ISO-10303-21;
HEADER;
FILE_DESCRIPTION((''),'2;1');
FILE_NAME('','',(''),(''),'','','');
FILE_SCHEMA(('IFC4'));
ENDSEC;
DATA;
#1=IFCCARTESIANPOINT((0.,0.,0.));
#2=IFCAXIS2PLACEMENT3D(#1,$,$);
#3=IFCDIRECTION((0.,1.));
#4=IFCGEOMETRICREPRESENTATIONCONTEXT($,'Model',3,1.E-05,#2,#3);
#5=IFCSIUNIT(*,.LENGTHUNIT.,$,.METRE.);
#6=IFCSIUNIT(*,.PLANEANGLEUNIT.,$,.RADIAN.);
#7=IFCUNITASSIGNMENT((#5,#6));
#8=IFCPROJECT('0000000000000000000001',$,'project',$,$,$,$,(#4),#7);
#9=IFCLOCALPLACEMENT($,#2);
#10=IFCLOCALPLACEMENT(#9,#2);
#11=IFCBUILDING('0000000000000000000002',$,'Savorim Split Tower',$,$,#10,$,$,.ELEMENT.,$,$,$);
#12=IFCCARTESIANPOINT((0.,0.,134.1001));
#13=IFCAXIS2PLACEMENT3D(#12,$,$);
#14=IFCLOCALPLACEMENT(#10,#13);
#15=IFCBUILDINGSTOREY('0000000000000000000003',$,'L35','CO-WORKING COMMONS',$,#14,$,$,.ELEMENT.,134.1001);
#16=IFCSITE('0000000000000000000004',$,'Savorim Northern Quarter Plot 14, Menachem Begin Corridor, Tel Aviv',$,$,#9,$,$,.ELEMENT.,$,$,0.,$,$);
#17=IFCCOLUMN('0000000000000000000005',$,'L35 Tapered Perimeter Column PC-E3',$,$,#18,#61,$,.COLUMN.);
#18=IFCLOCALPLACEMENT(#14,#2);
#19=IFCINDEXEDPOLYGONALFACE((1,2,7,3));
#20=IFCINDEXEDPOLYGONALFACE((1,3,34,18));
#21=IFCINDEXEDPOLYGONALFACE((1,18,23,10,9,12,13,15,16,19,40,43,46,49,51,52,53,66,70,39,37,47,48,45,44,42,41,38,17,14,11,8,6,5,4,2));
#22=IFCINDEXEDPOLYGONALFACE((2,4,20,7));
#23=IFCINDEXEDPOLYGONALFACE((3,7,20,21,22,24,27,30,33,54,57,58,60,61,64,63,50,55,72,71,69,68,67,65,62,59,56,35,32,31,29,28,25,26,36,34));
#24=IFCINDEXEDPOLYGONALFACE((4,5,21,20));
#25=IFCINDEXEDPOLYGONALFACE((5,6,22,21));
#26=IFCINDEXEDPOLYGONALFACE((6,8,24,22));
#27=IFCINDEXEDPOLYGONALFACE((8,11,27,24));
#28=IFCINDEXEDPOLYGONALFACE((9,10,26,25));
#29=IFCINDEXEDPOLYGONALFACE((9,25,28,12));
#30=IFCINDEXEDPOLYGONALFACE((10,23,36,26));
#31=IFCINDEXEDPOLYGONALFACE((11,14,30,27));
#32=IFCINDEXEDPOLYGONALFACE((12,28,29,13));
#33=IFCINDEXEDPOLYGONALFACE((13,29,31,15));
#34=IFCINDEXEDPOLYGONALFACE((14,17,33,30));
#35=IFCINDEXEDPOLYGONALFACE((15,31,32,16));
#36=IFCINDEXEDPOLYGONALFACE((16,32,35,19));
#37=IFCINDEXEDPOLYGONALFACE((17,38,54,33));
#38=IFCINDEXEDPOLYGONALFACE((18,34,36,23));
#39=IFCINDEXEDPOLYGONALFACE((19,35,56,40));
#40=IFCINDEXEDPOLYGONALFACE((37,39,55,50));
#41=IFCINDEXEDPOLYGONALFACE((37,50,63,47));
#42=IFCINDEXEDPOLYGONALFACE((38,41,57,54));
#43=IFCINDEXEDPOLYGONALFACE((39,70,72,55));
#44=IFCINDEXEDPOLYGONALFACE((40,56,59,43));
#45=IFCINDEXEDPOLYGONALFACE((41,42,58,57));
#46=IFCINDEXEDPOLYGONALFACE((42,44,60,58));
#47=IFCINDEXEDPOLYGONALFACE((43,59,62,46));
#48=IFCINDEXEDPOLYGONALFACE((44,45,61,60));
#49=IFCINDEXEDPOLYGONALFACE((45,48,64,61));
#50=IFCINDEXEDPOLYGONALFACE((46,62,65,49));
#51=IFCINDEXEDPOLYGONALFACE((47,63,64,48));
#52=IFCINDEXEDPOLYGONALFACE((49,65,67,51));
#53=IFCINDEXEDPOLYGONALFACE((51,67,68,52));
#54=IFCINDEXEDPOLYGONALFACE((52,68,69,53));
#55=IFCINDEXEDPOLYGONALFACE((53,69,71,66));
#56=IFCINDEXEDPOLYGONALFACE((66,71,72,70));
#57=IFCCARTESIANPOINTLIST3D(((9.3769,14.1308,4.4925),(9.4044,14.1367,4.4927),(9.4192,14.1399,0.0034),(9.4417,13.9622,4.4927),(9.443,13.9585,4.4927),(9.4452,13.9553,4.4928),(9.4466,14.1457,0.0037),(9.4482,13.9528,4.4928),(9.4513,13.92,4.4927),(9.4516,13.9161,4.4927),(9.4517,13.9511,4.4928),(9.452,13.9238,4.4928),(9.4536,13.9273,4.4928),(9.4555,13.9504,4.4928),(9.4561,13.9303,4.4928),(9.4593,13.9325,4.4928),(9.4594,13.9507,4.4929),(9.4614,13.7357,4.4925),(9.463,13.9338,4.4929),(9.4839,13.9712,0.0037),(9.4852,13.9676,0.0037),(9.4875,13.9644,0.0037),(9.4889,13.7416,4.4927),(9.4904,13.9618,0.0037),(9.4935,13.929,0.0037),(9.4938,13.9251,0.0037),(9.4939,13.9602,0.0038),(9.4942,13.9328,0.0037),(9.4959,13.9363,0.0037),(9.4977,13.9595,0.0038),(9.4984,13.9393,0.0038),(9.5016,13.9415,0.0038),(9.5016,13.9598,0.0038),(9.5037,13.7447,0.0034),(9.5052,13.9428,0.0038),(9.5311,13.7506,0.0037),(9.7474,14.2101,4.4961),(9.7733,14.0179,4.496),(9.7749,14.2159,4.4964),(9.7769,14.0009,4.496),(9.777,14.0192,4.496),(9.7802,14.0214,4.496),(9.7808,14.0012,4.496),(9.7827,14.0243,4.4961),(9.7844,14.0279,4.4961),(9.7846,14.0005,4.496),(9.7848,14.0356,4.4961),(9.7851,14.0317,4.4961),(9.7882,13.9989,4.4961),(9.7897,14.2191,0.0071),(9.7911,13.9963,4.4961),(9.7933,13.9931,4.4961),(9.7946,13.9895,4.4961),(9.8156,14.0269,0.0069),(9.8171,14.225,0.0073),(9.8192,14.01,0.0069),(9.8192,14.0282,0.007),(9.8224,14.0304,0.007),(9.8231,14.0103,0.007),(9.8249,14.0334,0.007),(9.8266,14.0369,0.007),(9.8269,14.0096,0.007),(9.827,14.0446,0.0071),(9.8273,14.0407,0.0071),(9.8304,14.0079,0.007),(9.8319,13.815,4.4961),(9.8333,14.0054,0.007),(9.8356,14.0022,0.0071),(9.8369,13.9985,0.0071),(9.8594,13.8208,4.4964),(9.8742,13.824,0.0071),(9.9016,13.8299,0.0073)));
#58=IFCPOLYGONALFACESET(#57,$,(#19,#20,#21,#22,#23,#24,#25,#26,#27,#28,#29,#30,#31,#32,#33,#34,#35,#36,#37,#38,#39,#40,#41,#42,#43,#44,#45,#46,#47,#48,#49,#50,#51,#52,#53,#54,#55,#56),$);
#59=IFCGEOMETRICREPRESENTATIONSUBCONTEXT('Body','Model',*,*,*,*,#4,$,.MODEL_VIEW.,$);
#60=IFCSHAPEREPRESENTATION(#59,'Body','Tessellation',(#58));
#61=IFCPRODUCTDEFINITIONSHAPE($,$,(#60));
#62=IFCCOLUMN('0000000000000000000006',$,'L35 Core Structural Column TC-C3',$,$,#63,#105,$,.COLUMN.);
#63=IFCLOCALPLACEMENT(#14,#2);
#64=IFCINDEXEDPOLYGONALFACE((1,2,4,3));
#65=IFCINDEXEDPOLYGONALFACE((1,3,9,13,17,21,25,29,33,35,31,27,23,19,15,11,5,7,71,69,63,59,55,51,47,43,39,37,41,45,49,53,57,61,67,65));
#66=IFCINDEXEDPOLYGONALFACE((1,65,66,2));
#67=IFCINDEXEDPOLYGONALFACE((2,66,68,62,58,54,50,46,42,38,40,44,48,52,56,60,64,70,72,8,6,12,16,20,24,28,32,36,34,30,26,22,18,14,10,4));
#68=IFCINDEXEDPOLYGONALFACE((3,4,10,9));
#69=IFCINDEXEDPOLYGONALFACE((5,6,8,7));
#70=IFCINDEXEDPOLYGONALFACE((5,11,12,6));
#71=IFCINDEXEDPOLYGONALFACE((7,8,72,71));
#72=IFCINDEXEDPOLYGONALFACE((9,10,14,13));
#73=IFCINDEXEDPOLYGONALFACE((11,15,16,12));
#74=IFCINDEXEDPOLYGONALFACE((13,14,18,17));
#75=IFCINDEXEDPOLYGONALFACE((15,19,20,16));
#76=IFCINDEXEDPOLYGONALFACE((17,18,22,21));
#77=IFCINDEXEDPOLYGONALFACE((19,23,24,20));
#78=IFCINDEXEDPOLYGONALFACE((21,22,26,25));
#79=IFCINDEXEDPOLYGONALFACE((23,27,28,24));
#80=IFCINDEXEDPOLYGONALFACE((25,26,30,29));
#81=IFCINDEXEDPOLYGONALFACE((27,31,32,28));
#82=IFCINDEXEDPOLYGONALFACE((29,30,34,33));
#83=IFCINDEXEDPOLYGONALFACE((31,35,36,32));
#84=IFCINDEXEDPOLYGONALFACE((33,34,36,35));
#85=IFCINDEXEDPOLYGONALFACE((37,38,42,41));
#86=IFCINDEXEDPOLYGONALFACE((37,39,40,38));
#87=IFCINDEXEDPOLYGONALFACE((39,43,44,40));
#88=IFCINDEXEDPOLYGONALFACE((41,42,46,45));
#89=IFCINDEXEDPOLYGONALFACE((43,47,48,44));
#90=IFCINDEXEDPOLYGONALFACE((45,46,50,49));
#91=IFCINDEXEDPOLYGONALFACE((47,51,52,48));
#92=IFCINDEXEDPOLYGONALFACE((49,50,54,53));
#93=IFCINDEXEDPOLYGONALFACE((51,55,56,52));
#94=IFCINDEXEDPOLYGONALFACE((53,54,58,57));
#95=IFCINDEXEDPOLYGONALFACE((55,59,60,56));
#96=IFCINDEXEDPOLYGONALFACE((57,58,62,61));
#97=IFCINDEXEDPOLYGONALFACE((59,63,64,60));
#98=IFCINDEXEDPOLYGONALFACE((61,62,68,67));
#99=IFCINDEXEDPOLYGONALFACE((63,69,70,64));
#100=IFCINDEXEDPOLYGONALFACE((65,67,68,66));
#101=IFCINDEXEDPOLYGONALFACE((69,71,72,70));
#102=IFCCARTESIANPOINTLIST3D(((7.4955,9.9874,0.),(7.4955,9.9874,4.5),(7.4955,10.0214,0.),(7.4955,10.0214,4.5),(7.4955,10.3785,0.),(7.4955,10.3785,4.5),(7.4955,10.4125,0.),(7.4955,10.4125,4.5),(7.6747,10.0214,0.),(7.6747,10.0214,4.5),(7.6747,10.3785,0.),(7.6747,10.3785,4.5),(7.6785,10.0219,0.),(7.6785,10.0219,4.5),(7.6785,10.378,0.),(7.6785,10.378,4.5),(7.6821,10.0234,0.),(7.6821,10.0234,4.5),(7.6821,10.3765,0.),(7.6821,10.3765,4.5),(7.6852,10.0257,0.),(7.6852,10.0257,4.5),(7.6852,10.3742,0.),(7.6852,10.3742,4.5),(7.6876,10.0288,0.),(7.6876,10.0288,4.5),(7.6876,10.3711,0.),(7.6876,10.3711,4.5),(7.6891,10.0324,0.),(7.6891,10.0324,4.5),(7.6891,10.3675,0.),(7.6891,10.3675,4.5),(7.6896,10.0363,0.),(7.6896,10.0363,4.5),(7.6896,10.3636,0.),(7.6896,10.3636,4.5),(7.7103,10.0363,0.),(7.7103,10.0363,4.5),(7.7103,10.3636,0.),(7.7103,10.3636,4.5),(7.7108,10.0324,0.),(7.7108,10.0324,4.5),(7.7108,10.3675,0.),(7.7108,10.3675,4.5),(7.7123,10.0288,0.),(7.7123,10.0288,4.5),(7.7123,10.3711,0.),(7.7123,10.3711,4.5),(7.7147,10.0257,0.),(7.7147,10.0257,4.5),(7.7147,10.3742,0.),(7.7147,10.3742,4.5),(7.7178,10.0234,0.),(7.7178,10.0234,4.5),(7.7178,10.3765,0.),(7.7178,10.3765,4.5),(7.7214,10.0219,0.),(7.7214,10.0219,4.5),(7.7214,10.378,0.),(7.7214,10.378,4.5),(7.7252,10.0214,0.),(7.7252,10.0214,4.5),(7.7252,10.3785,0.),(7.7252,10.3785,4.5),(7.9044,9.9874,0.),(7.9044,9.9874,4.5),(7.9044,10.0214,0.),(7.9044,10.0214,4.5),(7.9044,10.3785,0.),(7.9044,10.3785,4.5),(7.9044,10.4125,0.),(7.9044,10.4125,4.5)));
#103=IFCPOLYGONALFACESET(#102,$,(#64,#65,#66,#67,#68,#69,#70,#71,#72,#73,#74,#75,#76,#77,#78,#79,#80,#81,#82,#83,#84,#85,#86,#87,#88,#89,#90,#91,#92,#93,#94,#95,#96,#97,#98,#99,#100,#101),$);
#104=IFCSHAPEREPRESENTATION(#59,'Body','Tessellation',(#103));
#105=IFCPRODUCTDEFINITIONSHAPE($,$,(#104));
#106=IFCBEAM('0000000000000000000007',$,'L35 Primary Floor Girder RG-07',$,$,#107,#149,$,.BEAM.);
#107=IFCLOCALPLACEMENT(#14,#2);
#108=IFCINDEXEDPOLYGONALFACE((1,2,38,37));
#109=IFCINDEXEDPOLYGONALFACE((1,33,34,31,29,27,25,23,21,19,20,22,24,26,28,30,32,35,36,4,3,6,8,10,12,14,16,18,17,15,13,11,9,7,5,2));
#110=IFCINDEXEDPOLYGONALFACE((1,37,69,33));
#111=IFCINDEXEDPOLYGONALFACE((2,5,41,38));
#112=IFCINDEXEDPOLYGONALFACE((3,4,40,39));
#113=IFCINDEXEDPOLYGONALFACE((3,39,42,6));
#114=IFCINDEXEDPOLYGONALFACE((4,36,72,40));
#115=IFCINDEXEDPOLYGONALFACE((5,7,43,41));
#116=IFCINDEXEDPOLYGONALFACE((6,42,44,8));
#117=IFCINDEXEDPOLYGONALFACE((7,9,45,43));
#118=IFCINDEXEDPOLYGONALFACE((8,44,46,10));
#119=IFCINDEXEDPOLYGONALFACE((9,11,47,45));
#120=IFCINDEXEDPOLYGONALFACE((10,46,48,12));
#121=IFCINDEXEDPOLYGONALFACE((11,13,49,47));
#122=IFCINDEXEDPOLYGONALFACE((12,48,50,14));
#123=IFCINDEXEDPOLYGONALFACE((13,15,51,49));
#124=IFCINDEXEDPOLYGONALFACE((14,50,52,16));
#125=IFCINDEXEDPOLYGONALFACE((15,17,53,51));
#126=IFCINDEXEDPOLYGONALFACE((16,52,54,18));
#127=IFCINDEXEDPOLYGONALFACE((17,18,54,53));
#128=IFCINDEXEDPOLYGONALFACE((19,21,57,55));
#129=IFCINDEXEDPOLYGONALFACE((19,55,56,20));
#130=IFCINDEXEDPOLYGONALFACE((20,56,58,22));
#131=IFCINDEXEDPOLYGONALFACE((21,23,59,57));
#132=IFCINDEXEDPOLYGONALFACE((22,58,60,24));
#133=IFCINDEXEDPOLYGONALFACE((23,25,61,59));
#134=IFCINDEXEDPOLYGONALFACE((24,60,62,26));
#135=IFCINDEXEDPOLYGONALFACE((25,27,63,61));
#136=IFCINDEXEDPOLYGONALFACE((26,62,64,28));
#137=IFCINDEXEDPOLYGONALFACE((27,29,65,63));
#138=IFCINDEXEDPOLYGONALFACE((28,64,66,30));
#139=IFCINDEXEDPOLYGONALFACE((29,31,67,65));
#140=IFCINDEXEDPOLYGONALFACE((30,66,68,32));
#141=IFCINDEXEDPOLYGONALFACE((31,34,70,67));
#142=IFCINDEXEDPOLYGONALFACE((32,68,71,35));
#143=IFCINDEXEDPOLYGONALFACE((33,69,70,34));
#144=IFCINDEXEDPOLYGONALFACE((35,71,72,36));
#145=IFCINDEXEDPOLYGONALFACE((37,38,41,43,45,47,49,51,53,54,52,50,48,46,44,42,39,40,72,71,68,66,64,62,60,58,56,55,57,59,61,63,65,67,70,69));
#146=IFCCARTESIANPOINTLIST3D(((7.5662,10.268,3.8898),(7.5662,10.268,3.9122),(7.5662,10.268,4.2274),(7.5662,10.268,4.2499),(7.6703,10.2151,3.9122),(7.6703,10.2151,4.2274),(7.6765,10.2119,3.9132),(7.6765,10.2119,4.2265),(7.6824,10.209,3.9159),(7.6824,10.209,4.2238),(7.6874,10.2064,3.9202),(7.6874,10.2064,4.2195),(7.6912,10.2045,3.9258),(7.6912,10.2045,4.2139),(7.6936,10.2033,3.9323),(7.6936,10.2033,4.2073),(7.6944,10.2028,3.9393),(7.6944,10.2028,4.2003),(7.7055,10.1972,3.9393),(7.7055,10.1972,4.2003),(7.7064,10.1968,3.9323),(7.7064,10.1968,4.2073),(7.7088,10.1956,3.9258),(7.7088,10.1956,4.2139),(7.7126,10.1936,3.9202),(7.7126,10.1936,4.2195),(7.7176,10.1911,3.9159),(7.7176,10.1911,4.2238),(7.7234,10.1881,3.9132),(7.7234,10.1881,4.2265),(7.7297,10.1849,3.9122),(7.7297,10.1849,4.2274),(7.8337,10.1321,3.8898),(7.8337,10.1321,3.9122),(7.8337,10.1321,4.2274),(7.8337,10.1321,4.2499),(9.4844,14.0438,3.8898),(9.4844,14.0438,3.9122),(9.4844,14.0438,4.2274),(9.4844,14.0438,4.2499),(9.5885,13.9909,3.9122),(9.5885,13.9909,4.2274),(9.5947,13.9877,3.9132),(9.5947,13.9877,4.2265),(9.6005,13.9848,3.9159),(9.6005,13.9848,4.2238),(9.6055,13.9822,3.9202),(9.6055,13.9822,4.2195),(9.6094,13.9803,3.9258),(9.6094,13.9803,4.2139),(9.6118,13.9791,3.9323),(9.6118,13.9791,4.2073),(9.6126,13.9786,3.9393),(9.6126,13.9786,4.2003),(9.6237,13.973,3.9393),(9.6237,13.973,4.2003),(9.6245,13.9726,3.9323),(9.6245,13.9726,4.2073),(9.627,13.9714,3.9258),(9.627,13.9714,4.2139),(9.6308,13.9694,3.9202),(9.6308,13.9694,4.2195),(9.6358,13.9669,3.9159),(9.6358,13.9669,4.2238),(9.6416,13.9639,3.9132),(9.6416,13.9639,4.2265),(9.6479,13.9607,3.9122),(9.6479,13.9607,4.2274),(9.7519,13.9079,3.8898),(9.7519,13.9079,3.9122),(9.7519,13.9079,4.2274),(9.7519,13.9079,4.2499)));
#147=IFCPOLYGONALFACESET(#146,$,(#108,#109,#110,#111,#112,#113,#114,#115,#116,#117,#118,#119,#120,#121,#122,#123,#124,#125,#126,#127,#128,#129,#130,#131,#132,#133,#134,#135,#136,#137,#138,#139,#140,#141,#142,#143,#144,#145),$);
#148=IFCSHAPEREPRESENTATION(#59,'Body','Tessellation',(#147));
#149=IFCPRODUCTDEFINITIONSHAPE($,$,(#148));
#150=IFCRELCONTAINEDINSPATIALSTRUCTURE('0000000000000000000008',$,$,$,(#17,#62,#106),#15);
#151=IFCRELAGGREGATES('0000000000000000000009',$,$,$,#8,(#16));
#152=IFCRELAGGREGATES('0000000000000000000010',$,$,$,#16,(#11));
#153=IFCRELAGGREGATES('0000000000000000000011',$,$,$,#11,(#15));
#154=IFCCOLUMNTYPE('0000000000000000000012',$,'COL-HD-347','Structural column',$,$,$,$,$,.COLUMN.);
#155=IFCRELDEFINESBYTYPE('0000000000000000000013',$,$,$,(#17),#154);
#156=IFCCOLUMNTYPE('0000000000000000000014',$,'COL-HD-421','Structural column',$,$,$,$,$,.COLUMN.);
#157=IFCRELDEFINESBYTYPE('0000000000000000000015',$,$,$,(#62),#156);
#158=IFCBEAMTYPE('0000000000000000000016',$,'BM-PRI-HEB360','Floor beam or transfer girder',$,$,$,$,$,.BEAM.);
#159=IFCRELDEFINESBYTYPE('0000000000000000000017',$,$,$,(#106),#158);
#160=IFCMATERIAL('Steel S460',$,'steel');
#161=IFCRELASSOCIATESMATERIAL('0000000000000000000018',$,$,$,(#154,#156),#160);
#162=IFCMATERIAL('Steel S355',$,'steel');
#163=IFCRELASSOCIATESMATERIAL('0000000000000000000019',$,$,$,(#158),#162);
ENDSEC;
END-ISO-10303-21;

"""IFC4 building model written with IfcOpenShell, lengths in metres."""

from ifc_helpers import new_model, si_unit, direction, frame, origin, origin_2d, place, context, subcontext, project, spatial, i_section, extrude, material, material_profile, profile_set, type_object, element, save


model = new_model("IFC4")

# Units and contexts
model_context = context("Model", 3, precision=1e-05, world=origin(), true_north=direction((0.0, 1.0)))
body_context = subcontext(model_context, "Body", "Model", "MODEL_VIEW")
ifc_project = project(units=[si_unit("LENGTHUNIT", "METRE"), si_unit("PLANEANGLEUNIT", "RADIAN")], contexts=[model_context])

# Site, building, storey
site_placement = place(None, origin())
site = spatial("IfcSite", under=ifc_project, at=site_placement, Name="Savorim Northern Quarter Plot 14, Menachem Begin Corridor, Tel Aviv", CompositionType="ELEMENT", RefElevation=0.0)
building_placement = place(site_placement, origin())
building = spatial("IfcBuilding", under=site, at=building_placement, Name="Savorim Split Tower", CompositionType="ELEMENT")
storey_placement = place(building_placement, frame((0.0, 0.0, 134.1001)))
storey = spatial("IfcBuildingStorey", under=building, at=storey_placement, Name="L35", Description="CO-WORKING COMMONS", CompositionType="ELEMENT", Elevation=134.1001)

# Columns
ifc_material_1 = material(Name="Steel S460", Category="steel")
ifc_material_profile_1 = material_profile(ifc_material_1, i_section(OverallWidth=0.4041, OverallDepth=0.407, WebThickness=0.0173, FlangeThickness=0.0281, FilletRadius=0.0149, at=origin_2d()), Name="HD 400x347")
ifc_profile_set_1 = profile_set([ifc_material_profile_1], Name="Steel S460")
column_type_1 = type_object("IfcColumnType", Name="COL-HD-347", Description="Structural column", PredefinedType="COLUMN", material=ifc_profile_set_1)
column_1_placement = place(storey_placement, frame((9.6604, 13.9849, 0.0054), z_axis=(-0.009408, -0.002012, 0.999954), x_axis=(0.209143, -0.977885, 0.0)))
element("IfcColumn", 1, at=column_1_placement, inside=storey, type_object=column_type_1, Name="L35 Tapered Perimeter Column PC-E3", PredefinedType="COLUMN", context=body_context, shape_type="SweptSolid", body=[
    extrude(i_section(OverallWidth=0.4041, OverallDepth=0.407, WebThickness=0.0173, FlangeThickness=0.0281, FilletRadius=0.0149, at=origin_2d()), origin(), (0.0, 0.0, 1.0), 4.4893),
])
ifc_material_profile_2 = material_profile(ifc_material_1, i_section(OverallWidth=0.4089, OverallDepth=0.425, WebThickness=0.0208, FlangeThickness=0.0339, FilletRadius=0.0149, at=origin_2d()), Name="HD 400x421")
ifc_profile_set_2 = profile_set([ifc_material_profile_2], Name="Steel S460")
column_type_2 = type_object("IfcColumnType", Name="COL-HD-421", Description="Structural column", PredefinedType="COLUMN", material=ifc_profile_set_2)
column_2_placement = place(storey_placement, frame((7.7, 10.2, 0.0), z_axis=(0.0, 0.0, 1.0), x_axis=(1.0, 0.0, 0.0)))
element("IfcColumn", 2, at=column_2_placement, inside=storey, type_object=column_type_2, Name="L35 Core Structural Column TC-C3", PredefinedType="COLUMN", context=body_context, shape_type="SweptSolid", body=[
    extrude(i_section(OverallWidth=0.4089, OverallDepth=0.425, WebThickness=0.0208, FlangeThickness=0.0339, FilletRadius=0.0149, at=origin_2d()), origin(), (0.0, 0.0, 1.0), 4.5),
])

# Beam
ifc_material_2 = material(Name="Steel S355", Category="steel")
ifc_material_profile_3 = material_profile(ifc_material_2, i_section(OverallWidth=0.3, OverallDepth=0.3601, WebThickness=0.0125, FlangeThickness=0.0225, FilletRadius=0.0271, at=origin_2d()), Name="HEB 360")
ifc_profile_set_3 = profile_set([ifc_material_profile_3], Name="Steel S355")
beam_type_1 = type_object("IfcBeamType", Name="BM-PRI-HEB360", Description="Floor beam or transfer girder", PredefinedType="BEAM", material=ifc_profile_set_3)
beam_1_placement = place(storey_placement, frame((9.6182, 13.9758, 4.0698), z_axis=(-0.452923, -0.89155, 0.0), x_axis=(0.89155, -0.452923, 0.0)))
element("IfcBeam", 3, at=beam_1_placement, inside=storey, type_object=beam_type_1, Name="L35 Primary Floor Girder RG-07", PredefinedType="BEAM", context=body_context, shape_type="SweptSolid", body=[
    extrude(i_section(OverallWidth=0.3, OverallDepth=0.3601, WebThickness=0.0125, FlangeThickness=0.0225, FilletRadius=0.0271, at=origin_2d()), origin(), (0.0, 0.0, 1.0), 4.2351),
])

save(model, "model.ifc")
